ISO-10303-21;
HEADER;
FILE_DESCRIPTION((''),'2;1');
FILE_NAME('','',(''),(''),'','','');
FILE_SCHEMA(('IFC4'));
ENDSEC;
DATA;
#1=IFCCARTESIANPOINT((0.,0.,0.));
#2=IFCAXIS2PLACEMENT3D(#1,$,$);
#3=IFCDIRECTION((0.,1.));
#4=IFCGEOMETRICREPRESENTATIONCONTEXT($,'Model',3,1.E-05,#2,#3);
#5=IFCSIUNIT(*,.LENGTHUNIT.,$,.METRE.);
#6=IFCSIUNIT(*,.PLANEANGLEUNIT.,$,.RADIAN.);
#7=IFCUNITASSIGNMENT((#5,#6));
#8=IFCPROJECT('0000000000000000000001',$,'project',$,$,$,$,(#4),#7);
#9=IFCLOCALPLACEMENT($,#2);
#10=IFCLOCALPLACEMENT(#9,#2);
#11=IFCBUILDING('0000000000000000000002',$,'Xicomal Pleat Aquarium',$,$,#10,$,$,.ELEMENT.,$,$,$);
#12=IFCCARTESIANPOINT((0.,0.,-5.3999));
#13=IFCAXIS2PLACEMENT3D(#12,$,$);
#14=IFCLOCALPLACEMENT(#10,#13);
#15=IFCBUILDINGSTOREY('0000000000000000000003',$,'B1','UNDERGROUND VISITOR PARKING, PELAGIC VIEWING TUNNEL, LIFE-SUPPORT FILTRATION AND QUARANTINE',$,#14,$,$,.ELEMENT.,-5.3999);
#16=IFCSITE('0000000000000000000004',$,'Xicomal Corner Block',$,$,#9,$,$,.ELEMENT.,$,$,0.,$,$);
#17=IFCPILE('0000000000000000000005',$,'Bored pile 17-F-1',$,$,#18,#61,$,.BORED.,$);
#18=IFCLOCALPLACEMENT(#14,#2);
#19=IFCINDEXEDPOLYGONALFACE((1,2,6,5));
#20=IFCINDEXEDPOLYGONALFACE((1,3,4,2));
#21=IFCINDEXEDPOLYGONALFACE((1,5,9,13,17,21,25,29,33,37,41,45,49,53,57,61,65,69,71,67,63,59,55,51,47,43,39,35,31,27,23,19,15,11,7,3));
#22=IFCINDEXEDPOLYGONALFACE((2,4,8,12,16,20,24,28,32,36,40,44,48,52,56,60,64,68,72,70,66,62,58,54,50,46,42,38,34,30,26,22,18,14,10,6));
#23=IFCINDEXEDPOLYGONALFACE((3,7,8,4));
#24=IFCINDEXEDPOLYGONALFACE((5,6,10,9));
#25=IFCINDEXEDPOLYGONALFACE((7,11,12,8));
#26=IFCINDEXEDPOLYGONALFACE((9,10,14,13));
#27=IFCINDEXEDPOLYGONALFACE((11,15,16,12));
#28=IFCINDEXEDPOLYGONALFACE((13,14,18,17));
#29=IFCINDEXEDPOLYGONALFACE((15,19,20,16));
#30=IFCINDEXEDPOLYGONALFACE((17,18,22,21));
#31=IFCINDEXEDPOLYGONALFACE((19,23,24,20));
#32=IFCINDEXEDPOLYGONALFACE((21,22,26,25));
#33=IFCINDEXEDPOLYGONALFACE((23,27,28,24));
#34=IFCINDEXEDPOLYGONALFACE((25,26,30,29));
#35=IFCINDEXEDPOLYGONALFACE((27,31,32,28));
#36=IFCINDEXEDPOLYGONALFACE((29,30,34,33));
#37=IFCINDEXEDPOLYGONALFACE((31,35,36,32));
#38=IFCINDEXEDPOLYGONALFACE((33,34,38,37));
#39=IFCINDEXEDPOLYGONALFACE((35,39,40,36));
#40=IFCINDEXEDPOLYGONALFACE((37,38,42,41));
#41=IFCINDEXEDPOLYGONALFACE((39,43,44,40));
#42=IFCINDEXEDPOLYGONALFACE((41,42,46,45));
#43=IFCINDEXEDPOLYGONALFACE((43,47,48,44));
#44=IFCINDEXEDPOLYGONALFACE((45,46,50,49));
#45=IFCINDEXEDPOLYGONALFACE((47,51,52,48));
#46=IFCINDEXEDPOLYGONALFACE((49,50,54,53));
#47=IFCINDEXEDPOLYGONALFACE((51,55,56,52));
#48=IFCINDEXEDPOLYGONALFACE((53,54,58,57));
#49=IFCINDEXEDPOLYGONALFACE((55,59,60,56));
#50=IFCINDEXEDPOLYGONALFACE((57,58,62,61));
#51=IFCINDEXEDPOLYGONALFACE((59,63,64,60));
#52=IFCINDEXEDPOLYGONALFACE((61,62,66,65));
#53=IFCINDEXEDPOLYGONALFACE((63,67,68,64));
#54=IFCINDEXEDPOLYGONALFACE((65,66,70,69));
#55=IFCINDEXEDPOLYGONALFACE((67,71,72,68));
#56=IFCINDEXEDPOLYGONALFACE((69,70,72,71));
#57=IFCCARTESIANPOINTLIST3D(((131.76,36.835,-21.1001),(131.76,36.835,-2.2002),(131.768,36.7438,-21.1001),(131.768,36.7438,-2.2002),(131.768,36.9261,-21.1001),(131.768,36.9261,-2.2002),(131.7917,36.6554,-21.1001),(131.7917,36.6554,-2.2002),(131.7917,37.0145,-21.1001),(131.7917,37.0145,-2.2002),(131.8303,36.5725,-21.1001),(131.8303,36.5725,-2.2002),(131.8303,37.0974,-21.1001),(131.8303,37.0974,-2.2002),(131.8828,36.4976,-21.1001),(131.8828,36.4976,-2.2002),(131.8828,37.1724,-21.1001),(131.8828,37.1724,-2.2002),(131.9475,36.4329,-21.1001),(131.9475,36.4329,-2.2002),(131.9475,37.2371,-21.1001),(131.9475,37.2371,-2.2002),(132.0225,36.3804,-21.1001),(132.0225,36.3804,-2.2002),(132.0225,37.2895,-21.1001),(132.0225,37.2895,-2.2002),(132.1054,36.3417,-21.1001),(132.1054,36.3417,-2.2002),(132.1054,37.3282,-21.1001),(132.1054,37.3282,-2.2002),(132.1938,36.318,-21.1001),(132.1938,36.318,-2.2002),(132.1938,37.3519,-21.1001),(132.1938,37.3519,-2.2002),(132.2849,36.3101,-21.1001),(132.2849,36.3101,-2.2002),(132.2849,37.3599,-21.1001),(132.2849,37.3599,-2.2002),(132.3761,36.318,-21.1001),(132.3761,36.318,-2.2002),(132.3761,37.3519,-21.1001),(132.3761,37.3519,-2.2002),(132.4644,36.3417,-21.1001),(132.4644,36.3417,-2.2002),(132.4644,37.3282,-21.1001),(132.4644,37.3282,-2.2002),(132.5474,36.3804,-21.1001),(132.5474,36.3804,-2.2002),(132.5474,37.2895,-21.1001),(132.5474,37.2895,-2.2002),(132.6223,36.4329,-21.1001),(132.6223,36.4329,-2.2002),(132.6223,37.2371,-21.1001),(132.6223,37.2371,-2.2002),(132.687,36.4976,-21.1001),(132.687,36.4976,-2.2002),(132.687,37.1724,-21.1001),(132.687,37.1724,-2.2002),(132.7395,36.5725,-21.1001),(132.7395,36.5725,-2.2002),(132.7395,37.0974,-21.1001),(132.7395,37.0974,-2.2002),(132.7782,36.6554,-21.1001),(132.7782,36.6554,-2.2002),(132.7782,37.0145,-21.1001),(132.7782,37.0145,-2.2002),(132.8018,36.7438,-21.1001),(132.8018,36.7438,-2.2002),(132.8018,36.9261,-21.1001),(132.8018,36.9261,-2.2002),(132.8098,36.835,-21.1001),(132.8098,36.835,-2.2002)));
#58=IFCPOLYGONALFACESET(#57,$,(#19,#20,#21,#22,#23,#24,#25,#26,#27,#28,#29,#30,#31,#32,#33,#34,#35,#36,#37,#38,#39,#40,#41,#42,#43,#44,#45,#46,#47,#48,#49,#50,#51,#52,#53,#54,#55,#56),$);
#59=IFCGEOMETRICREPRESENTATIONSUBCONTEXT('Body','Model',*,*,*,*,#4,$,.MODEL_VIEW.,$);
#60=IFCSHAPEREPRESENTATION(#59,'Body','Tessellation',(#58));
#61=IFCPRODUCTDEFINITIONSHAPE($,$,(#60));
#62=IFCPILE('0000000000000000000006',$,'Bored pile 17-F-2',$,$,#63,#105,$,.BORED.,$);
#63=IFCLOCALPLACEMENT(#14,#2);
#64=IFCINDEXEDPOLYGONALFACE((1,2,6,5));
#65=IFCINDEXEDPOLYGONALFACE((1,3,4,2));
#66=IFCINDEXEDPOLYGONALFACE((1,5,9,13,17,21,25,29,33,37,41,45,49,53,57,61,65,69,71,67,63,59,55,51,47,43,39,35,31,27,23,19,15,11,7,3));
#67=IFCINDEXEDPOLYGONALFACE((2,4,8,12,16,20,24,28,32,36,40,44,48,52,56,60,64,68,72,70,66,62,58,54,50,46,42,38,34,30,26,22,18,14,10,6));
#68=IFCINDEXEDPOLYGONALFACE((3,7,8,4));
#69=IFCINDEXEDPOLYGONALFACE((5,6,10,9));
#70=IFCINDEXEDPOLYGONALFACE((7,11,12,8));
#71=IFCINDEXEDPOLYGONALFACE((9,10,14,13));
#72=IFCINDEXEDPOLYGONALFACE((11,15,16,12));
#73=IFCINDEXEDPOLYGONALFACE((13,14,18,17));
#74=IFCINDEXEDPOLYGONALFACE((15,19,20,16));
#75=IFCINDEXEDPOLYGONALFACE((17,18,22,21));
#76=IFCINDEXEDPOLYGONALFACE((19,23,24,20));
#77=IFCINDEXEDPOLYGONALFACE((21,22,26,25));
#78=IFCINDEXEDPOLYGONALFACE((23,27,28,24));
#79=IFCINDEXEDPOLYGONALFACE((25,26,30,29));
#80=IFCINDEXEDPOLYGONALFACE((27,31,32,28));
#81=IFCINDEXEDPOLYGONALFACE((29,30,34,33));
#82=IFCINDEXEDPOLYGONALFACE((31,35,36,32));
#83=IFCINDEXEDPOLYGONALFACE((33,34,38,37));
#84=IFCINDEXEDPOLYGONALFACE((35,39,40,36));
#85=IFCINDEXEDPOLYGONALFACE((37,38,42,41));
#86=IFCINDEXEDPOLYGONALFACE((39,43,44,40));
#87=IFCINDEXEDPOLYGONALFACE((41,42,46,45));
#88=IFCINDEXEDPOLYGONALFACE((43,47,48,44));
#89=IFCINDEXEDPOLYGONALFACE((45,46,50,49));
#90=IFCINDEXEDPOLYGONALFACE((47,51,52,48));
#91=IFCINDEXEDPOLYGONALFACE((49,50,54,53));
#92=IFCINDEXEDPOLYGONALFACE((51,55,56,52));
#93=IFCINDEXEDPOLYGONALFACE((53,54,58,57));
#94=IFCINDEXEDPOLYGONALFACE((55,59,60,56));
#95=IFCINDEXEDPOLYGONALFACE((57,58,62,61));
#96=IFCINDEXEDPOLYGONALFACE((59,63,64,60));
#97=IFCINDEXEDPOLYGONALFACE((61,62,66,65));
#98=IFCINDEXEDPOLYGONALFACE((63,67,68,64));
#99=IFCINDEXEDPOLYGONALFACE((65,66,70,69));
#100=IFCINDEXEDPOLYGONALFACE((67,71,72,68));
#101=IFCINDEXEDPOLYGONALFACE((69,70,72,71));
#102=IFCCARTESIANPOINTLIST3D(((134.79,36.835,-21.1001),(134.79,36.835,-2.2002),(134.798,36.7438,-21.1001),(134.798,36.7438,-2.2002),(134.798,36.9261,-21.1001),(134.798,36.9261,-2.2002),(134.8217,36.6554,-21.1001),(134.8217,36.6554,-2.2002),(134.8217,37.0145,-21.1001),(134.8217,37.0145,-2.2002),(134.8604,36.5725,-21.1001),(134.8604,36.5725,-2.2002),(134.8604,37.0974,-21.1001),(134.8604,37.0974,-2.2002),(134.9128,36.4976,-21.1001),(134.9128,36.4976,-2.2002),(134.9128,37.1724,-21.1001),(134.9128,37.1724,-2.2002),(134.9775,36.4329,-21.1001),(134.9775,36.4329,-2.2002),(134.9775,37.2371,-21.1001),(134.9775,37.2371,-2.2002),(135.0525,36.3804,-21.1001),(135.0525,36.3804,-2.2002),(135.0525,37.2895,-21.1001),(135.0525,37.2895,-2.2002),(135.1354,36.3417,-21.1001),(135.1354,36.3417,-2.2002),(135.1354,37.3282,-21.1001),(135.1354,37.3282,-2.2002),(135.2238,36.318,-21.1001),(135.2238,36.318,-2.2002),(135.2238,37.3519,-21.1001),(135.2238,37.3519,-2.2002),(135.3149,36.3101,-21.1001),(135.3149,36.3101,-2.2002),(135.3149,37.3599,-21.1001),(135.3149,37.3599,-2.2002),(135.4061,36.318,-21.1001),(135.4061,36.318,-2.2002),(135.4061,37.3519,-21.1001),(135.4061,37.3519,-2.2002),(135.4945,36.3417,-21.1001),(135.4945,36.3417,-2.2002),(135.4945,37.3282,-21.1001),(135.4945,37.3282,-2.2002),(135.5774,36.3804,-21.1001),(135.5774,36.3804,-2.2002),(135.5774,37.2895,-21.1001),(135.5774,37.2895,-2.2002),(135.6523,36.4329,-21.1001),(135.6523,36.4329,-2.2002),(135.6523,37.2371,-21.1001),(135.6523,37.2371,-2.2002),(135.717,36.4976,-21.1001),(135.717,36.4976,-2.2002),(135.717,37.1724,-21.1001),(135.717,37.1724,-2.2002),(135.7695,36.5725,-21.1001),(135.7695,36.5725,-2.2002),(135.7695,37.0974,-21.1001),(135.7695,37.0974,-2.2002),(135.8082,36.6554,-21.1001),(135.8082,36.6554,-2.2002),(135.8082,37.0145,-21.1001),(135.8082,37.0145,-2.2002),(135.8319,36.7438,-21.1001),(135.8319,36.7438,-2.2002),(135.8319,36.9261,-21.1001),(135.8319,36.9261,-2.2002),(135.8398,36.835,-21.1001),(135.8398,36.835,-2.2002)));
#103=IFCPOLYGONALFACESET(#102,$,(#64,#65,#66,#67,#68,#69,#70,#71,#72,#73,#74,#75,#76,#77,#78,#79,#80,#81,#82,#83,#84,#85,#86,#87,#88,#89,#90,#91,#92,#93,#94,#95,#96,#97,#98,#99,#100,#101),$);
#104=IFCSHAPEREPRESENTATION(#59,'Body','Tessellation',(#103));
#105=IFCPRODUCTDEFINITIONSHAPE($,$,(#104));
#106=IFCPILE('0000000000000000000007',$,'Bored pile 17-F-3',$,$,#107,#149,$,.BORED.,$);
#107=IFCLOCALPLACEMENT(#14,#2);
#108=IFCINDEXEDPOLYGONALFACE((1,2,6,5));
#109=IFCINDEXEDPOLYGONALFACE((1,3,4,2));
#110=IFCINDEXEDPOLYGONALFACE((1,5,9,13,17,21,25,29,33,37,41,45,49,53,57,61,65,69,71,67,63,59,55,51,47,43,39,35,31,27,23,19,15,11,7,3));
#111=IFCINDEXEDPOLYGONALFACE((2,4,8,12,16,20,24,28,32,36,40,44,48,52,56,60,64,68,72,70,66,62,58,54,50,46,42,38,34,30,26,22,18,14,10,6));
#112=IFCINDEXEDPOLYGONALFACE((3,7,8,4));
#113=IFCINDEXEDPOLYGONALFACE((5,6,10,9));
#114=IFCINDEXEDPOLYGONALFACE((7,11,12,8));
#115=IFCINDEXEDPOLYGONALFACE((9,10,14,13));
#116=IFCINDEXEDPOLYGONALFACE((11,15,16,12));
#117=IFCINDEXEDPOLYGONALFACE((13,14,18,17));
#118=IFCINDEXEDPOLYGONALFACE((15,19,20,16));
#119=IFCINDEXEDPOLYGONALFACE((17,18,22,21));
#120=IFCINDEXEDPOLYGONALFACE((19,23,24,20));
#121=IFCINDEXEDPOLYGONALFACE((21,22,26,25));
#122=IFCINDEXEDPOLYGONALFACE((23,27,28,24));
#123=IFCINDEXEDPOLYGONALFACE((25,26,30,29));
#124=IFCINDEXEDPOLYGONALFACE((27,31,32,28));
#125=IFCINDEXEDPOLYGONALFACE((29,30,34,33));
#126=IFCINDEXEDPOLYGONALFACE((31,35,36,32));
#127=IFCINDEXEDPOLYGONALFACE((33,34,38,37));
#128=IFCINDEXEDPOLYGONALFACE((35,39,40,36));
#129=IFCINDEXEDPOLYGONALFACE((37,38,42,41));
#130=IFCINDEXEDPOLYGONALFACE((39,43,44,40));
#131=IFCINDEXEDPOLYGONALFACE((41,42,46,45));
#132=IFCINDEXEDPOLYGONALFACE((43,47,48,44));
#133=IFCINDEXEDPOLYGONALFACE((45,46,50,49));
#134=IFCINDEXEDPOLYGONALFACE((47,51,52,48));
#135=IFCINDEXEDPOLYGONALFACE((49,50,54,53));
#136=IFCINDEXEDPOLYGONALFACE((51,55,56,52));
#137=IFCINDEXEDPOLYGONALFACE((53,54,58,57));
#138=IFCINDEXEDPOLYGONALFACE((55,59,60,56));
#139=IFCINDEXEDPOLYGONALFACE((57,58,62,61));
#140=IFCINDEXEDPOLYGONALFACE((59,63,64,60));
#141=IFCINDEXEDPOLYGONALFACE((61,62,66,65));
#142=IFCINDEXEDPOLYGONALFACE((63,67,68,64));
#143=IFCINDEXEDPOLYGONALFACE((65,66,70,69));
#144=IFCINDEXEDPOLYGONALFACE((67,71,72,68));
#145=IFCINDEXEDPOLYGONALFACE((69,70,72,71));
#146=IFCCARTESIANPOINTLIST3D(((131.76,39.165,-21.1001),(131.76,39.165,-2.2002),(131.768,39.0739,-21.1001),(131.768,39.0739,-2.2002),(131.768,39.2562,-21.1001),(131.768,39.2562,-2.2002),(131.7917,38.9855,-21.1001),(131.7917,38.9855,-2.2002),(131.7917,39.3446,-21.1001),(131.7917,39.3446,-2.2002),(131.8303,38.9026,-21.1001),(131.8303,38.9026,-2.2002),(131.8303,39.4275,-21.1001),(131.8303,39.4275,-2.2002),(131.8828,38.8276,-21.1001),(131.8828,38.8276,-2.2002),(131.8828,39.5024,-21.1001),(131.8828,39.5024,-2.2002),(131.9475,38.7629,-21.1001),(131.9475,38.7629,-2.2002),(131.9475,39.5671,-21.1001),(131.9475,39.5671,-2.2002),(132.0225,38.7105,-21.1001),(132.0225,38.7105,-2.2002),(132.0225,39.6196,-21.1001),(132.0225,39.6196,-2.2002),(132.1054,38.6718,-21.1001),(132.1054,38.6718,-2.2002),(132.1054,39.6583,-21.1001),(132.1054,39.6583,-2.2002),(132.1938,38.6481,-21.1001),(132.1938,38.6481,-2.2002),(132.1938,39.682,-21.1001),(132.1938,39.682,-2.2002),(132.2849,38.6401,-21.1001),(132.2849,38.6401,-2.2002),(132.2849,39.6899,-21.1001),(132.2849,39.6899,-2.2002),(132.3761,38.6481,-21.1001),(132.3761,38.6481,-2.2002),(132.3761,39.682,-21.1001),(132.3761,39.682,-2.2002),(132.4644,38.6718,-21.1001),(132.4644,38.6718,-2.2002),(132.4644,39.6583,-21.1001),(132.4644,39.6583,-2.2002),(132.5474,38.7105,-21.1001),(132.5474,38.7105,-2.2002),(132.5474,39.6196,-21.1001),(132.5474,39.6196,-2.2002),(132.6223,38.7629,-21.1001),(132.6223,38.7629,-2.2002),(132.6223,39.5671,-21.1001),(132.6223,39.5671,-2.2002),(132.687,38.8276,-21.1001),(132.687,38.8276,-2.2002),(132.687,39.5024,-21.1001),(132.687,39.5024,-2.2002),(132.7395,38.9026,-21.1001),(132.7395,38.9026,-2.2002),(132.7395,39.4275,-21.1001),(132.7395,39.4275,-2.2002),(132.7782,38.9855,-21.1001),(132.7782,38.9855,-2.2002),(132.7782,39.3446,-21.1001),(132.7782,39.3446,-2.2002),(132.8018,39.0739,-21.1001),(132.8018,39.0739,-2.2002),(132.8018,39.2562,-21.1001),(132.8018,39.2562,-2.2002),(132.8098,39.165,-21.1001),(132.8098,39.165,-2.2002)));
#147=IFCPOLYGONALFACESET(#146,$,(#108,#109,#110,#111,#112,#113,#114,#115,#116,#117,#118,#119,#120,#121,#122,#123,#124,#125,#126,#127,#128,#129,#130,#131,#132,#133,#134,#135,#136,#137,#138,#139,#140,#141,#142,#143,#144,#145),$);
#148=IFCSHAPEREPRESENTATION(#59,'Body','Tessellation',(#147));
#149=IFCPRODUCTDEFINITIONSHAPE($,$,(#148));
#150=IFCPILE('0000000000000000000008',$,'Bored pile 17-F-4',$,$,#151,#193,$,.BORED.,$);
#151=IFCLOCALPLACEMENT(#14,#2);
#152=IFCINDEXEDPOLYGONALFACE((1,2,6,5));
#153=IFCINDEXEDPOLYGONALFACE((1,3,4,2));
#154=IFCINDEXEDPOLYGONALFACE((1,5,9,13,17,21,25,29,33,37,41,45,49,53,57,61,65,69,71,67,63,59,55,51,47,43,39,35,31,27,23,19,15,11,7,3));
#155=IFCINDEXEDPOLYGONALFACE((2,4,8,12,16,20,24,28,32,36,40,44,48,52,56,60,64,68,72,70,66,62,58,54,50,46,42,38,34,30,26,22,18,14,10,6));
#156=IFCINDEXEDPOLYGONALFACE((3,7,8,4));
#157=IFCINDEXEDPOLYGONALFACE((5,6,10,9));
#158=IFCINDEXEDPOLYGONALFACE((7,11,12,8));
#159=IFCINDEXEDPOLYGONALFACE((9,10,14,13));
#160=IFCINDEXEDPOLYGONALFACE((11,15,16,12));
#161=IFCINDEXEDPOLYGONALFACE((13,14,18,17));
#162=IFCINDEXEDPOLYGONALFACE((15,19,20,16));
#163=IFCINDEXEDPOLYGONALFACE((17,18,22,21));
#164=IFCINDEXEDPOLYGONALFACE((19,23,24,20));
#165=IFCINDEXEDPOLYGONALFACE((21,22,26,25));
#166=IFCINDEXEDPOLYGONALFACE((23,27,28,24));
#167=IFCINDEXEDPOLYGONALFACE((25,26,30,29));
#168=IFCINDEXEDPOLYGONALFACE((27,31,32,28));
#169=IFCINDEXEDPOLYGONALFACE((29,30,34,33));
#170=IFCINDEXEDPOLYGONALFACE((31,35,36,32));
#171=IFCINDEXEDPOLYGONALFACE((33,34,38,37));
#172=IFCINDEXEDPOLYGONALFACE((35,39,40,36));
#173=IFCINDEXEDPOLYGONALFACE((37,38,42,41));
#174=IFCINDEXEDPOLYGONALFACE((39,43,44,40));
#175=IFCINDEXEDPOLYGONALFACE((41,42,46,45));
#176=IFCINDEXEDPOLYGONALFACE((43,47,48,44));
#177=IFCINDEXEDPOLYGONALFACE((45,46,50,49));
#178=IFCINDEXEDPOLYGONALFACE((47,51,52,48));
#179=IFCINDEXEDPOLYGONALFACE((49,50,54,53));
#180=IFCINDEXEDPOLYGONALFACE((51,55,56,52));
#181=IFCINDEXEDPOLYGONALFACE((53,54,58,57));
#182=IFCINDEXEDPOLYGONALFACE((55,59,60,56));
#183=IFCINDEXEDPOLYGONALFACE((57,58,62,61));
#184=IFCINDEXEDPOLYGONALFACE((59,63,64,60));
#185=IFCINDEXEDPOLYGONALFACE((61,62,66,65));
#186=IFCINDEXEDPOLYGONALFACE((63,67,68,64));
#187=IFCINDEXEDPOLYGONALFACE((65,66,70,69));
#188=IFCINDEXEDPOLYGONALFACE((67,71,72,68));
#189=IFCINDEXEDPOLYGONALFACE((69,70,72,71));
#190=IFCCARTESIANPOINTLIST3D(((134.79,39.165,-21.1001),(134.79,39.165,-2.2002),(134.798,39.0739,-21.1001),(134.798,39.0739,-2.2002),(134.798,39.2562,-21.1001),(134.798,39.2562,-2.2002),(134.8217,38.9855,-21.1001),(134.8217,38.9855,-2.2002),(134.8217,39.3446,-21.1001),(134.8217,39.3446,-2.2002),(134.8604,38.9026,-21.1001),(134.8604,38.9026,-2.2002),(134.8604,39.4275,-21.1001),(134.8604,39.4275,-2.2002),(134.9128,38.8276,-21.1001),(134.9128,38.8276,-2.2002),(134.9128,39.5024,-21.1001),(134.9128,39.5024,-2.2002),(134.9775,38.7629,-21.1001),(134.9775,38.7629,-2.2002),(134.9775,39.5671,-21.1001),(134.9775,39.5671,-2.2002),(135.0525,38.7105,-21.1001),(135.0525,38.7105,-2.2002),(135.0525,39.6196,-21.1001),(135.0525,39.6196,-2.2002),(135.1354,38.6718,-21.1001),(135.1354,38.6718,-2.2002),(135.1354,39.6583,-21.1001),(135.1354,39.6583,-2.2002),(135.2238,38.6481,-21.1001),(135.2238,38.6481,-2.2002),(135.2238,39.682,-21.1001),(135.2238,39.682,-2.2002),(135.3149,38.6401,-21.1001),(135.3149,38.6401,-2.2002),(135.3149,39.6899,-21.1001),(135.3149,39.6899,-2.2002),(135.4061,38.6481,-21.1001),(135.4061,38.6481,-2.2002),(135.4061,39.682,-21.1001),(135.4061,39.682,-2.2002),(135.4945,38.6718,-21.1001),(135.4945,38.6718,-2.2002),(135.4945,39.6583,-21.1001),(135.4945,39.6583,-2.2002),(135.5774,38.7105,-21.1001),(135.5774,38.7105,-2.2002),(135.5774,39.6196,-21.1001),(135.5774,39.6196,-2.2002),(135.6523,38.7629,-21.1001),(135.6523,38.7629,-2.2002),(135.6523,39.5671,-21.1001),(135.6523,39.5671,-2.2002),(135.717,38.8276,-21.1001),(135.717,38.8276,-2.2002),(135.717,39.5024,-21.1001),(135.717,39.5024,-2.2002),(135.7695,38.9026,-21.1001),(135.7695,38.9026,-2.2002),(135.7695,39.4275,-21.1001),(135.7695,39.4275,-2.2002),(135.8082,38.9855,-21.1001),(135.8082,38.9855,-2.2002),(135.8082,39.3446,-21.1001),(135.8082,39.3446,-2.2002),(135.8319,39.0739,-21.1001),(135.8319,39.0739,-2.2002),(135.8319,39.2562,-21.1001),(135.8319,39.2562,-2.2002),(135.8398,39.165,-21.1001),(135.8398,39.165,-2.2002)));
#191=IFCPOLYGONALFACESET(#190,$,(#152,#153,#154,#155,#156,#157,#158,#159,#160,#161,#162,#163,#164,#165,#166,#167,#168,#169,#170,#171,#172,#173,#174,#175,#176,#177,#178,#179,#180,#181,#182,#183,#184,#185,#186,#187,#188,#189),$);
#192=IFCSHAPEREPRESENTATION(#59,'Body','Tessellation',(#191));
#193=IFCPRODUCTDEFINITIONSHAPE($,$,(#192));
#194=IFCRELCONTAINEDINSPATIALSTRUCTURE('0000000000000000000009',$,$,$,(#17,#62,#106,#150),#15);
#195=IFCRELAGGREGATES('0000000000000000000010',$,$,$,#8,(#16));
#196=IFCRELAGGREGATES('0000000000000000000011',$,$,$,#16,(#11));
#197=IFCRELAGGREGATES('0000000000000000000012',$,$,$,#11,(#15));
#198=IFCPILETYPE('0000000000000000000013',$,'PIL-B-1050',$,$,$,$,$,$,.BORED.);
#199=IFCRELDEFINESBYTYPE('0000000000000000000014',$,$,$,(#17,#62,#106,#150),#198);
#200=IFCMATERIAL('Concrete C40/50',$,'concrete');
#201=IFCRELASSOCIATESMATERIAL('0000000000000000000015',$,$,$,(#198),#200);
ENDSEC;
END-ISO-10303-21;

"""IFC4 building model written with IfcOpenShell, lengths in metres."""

from ifc_helpers import new_model, si_unit, direction, frame, origin, origin_2d, place, context, subcontext, project, spatial, circle, extrude, material, material_profile, profile_set, type_object, element, save


model = new_model("IFC4")

# Units and contexts
model_context = context("Model", 3, precision=1e-05, world=origin(), true_north=direction((0.0, 1.0)))
body_context = subcontext(model_context, "Body", "Model", "MODEL_VIEW")
ifc_project = project(units=[si_unit("LENGTHUNIT", "METRE"), si_unit("PLANEANGLEUNIT", "RADIAN")], contexts=[model_context])

# Site, building, storey
site_placement = place(None, origin())
site = spatial("IfcSite", under=ifc_project, at=site_placement, Name="Xicomal Corner Block", CompositionType="ELEMENT", RefElevation=0.0)
building_placement = place(site_placement, origin())
building = spatial("IfcBuilding", under=site, at=building_placement, Name="Xicomal Pleat Aquarium", CompositionType="ELEMENT")
storey_placement = place(building_placement, frame((0.0, 0.0, -5.3999)))
storey = spatial("IfcBuildingStorey", under=building, at=storey_placement, Name="B1", Description="UNDERGROUND VISITOR PARKING, PELAGIC VIEWING TUNNEL, LIFE-SUPPORT FILTRATION AND QUARANTINE", CompositionType="ELEMENT", Elevation=-5.3999)

# Piles
ifc_material_1 = material(Name="Concrete C40/50", Category="concrete")
ifc_material_profile_1 = material_profile(ifc_material_1, circle(Radius=0.5249, at=origin_2d()), Name="BORED PILE D1050")
ifc_profile_set_1 = profile_set([ifc_material_profile_1], Name="Concrete C40/50")
pile_type_1 = type_object("IfcPileType", Name="PIL-B-1050", PredefinedType="BORED", material=ifc_profile_set_1)
for number, where, z_axis, x_axis, name in (
    (1, (132.2849, 36.835, -2.2002), (0.0, 0.0, -1.0), (1.0, 0.0, 0.0), "Bored pile 17-F-1"),
    (2, (135.3149, 36.835, -2.2002), (0.0, 0.0, -1.0), (1.0, 0.0, 0.0), "Bored pile 17-F-2"),
    (3, (132.2849, 39.165, -2.2002), (0.0, 0.0, -1.0), (1.0, 0.0, 0.0), "Bored pile 17-F-3"),
    (4, (135.3149, 39.165, -2.2002), (0.0, 0.0, -1.0), (1.0, 0.0, 0.0), "Bored pile 17-F-4"),
):
    element("IfcPile", number, at=place(storey_placement, frame(where, z_axis=z_axis, x_axis=x_axis)), inside=storey, type_object=pile_type_1, Name=name, PredefinedType="BORED", context=body_context, shape_type="SweptSolid", body=[
        extrude(circle(Radius=0.5249, at=origin_2d()), origin(), (0.0, 0.0, 1.0), 18.8999),
    ])

save(model, "model.ifc")
